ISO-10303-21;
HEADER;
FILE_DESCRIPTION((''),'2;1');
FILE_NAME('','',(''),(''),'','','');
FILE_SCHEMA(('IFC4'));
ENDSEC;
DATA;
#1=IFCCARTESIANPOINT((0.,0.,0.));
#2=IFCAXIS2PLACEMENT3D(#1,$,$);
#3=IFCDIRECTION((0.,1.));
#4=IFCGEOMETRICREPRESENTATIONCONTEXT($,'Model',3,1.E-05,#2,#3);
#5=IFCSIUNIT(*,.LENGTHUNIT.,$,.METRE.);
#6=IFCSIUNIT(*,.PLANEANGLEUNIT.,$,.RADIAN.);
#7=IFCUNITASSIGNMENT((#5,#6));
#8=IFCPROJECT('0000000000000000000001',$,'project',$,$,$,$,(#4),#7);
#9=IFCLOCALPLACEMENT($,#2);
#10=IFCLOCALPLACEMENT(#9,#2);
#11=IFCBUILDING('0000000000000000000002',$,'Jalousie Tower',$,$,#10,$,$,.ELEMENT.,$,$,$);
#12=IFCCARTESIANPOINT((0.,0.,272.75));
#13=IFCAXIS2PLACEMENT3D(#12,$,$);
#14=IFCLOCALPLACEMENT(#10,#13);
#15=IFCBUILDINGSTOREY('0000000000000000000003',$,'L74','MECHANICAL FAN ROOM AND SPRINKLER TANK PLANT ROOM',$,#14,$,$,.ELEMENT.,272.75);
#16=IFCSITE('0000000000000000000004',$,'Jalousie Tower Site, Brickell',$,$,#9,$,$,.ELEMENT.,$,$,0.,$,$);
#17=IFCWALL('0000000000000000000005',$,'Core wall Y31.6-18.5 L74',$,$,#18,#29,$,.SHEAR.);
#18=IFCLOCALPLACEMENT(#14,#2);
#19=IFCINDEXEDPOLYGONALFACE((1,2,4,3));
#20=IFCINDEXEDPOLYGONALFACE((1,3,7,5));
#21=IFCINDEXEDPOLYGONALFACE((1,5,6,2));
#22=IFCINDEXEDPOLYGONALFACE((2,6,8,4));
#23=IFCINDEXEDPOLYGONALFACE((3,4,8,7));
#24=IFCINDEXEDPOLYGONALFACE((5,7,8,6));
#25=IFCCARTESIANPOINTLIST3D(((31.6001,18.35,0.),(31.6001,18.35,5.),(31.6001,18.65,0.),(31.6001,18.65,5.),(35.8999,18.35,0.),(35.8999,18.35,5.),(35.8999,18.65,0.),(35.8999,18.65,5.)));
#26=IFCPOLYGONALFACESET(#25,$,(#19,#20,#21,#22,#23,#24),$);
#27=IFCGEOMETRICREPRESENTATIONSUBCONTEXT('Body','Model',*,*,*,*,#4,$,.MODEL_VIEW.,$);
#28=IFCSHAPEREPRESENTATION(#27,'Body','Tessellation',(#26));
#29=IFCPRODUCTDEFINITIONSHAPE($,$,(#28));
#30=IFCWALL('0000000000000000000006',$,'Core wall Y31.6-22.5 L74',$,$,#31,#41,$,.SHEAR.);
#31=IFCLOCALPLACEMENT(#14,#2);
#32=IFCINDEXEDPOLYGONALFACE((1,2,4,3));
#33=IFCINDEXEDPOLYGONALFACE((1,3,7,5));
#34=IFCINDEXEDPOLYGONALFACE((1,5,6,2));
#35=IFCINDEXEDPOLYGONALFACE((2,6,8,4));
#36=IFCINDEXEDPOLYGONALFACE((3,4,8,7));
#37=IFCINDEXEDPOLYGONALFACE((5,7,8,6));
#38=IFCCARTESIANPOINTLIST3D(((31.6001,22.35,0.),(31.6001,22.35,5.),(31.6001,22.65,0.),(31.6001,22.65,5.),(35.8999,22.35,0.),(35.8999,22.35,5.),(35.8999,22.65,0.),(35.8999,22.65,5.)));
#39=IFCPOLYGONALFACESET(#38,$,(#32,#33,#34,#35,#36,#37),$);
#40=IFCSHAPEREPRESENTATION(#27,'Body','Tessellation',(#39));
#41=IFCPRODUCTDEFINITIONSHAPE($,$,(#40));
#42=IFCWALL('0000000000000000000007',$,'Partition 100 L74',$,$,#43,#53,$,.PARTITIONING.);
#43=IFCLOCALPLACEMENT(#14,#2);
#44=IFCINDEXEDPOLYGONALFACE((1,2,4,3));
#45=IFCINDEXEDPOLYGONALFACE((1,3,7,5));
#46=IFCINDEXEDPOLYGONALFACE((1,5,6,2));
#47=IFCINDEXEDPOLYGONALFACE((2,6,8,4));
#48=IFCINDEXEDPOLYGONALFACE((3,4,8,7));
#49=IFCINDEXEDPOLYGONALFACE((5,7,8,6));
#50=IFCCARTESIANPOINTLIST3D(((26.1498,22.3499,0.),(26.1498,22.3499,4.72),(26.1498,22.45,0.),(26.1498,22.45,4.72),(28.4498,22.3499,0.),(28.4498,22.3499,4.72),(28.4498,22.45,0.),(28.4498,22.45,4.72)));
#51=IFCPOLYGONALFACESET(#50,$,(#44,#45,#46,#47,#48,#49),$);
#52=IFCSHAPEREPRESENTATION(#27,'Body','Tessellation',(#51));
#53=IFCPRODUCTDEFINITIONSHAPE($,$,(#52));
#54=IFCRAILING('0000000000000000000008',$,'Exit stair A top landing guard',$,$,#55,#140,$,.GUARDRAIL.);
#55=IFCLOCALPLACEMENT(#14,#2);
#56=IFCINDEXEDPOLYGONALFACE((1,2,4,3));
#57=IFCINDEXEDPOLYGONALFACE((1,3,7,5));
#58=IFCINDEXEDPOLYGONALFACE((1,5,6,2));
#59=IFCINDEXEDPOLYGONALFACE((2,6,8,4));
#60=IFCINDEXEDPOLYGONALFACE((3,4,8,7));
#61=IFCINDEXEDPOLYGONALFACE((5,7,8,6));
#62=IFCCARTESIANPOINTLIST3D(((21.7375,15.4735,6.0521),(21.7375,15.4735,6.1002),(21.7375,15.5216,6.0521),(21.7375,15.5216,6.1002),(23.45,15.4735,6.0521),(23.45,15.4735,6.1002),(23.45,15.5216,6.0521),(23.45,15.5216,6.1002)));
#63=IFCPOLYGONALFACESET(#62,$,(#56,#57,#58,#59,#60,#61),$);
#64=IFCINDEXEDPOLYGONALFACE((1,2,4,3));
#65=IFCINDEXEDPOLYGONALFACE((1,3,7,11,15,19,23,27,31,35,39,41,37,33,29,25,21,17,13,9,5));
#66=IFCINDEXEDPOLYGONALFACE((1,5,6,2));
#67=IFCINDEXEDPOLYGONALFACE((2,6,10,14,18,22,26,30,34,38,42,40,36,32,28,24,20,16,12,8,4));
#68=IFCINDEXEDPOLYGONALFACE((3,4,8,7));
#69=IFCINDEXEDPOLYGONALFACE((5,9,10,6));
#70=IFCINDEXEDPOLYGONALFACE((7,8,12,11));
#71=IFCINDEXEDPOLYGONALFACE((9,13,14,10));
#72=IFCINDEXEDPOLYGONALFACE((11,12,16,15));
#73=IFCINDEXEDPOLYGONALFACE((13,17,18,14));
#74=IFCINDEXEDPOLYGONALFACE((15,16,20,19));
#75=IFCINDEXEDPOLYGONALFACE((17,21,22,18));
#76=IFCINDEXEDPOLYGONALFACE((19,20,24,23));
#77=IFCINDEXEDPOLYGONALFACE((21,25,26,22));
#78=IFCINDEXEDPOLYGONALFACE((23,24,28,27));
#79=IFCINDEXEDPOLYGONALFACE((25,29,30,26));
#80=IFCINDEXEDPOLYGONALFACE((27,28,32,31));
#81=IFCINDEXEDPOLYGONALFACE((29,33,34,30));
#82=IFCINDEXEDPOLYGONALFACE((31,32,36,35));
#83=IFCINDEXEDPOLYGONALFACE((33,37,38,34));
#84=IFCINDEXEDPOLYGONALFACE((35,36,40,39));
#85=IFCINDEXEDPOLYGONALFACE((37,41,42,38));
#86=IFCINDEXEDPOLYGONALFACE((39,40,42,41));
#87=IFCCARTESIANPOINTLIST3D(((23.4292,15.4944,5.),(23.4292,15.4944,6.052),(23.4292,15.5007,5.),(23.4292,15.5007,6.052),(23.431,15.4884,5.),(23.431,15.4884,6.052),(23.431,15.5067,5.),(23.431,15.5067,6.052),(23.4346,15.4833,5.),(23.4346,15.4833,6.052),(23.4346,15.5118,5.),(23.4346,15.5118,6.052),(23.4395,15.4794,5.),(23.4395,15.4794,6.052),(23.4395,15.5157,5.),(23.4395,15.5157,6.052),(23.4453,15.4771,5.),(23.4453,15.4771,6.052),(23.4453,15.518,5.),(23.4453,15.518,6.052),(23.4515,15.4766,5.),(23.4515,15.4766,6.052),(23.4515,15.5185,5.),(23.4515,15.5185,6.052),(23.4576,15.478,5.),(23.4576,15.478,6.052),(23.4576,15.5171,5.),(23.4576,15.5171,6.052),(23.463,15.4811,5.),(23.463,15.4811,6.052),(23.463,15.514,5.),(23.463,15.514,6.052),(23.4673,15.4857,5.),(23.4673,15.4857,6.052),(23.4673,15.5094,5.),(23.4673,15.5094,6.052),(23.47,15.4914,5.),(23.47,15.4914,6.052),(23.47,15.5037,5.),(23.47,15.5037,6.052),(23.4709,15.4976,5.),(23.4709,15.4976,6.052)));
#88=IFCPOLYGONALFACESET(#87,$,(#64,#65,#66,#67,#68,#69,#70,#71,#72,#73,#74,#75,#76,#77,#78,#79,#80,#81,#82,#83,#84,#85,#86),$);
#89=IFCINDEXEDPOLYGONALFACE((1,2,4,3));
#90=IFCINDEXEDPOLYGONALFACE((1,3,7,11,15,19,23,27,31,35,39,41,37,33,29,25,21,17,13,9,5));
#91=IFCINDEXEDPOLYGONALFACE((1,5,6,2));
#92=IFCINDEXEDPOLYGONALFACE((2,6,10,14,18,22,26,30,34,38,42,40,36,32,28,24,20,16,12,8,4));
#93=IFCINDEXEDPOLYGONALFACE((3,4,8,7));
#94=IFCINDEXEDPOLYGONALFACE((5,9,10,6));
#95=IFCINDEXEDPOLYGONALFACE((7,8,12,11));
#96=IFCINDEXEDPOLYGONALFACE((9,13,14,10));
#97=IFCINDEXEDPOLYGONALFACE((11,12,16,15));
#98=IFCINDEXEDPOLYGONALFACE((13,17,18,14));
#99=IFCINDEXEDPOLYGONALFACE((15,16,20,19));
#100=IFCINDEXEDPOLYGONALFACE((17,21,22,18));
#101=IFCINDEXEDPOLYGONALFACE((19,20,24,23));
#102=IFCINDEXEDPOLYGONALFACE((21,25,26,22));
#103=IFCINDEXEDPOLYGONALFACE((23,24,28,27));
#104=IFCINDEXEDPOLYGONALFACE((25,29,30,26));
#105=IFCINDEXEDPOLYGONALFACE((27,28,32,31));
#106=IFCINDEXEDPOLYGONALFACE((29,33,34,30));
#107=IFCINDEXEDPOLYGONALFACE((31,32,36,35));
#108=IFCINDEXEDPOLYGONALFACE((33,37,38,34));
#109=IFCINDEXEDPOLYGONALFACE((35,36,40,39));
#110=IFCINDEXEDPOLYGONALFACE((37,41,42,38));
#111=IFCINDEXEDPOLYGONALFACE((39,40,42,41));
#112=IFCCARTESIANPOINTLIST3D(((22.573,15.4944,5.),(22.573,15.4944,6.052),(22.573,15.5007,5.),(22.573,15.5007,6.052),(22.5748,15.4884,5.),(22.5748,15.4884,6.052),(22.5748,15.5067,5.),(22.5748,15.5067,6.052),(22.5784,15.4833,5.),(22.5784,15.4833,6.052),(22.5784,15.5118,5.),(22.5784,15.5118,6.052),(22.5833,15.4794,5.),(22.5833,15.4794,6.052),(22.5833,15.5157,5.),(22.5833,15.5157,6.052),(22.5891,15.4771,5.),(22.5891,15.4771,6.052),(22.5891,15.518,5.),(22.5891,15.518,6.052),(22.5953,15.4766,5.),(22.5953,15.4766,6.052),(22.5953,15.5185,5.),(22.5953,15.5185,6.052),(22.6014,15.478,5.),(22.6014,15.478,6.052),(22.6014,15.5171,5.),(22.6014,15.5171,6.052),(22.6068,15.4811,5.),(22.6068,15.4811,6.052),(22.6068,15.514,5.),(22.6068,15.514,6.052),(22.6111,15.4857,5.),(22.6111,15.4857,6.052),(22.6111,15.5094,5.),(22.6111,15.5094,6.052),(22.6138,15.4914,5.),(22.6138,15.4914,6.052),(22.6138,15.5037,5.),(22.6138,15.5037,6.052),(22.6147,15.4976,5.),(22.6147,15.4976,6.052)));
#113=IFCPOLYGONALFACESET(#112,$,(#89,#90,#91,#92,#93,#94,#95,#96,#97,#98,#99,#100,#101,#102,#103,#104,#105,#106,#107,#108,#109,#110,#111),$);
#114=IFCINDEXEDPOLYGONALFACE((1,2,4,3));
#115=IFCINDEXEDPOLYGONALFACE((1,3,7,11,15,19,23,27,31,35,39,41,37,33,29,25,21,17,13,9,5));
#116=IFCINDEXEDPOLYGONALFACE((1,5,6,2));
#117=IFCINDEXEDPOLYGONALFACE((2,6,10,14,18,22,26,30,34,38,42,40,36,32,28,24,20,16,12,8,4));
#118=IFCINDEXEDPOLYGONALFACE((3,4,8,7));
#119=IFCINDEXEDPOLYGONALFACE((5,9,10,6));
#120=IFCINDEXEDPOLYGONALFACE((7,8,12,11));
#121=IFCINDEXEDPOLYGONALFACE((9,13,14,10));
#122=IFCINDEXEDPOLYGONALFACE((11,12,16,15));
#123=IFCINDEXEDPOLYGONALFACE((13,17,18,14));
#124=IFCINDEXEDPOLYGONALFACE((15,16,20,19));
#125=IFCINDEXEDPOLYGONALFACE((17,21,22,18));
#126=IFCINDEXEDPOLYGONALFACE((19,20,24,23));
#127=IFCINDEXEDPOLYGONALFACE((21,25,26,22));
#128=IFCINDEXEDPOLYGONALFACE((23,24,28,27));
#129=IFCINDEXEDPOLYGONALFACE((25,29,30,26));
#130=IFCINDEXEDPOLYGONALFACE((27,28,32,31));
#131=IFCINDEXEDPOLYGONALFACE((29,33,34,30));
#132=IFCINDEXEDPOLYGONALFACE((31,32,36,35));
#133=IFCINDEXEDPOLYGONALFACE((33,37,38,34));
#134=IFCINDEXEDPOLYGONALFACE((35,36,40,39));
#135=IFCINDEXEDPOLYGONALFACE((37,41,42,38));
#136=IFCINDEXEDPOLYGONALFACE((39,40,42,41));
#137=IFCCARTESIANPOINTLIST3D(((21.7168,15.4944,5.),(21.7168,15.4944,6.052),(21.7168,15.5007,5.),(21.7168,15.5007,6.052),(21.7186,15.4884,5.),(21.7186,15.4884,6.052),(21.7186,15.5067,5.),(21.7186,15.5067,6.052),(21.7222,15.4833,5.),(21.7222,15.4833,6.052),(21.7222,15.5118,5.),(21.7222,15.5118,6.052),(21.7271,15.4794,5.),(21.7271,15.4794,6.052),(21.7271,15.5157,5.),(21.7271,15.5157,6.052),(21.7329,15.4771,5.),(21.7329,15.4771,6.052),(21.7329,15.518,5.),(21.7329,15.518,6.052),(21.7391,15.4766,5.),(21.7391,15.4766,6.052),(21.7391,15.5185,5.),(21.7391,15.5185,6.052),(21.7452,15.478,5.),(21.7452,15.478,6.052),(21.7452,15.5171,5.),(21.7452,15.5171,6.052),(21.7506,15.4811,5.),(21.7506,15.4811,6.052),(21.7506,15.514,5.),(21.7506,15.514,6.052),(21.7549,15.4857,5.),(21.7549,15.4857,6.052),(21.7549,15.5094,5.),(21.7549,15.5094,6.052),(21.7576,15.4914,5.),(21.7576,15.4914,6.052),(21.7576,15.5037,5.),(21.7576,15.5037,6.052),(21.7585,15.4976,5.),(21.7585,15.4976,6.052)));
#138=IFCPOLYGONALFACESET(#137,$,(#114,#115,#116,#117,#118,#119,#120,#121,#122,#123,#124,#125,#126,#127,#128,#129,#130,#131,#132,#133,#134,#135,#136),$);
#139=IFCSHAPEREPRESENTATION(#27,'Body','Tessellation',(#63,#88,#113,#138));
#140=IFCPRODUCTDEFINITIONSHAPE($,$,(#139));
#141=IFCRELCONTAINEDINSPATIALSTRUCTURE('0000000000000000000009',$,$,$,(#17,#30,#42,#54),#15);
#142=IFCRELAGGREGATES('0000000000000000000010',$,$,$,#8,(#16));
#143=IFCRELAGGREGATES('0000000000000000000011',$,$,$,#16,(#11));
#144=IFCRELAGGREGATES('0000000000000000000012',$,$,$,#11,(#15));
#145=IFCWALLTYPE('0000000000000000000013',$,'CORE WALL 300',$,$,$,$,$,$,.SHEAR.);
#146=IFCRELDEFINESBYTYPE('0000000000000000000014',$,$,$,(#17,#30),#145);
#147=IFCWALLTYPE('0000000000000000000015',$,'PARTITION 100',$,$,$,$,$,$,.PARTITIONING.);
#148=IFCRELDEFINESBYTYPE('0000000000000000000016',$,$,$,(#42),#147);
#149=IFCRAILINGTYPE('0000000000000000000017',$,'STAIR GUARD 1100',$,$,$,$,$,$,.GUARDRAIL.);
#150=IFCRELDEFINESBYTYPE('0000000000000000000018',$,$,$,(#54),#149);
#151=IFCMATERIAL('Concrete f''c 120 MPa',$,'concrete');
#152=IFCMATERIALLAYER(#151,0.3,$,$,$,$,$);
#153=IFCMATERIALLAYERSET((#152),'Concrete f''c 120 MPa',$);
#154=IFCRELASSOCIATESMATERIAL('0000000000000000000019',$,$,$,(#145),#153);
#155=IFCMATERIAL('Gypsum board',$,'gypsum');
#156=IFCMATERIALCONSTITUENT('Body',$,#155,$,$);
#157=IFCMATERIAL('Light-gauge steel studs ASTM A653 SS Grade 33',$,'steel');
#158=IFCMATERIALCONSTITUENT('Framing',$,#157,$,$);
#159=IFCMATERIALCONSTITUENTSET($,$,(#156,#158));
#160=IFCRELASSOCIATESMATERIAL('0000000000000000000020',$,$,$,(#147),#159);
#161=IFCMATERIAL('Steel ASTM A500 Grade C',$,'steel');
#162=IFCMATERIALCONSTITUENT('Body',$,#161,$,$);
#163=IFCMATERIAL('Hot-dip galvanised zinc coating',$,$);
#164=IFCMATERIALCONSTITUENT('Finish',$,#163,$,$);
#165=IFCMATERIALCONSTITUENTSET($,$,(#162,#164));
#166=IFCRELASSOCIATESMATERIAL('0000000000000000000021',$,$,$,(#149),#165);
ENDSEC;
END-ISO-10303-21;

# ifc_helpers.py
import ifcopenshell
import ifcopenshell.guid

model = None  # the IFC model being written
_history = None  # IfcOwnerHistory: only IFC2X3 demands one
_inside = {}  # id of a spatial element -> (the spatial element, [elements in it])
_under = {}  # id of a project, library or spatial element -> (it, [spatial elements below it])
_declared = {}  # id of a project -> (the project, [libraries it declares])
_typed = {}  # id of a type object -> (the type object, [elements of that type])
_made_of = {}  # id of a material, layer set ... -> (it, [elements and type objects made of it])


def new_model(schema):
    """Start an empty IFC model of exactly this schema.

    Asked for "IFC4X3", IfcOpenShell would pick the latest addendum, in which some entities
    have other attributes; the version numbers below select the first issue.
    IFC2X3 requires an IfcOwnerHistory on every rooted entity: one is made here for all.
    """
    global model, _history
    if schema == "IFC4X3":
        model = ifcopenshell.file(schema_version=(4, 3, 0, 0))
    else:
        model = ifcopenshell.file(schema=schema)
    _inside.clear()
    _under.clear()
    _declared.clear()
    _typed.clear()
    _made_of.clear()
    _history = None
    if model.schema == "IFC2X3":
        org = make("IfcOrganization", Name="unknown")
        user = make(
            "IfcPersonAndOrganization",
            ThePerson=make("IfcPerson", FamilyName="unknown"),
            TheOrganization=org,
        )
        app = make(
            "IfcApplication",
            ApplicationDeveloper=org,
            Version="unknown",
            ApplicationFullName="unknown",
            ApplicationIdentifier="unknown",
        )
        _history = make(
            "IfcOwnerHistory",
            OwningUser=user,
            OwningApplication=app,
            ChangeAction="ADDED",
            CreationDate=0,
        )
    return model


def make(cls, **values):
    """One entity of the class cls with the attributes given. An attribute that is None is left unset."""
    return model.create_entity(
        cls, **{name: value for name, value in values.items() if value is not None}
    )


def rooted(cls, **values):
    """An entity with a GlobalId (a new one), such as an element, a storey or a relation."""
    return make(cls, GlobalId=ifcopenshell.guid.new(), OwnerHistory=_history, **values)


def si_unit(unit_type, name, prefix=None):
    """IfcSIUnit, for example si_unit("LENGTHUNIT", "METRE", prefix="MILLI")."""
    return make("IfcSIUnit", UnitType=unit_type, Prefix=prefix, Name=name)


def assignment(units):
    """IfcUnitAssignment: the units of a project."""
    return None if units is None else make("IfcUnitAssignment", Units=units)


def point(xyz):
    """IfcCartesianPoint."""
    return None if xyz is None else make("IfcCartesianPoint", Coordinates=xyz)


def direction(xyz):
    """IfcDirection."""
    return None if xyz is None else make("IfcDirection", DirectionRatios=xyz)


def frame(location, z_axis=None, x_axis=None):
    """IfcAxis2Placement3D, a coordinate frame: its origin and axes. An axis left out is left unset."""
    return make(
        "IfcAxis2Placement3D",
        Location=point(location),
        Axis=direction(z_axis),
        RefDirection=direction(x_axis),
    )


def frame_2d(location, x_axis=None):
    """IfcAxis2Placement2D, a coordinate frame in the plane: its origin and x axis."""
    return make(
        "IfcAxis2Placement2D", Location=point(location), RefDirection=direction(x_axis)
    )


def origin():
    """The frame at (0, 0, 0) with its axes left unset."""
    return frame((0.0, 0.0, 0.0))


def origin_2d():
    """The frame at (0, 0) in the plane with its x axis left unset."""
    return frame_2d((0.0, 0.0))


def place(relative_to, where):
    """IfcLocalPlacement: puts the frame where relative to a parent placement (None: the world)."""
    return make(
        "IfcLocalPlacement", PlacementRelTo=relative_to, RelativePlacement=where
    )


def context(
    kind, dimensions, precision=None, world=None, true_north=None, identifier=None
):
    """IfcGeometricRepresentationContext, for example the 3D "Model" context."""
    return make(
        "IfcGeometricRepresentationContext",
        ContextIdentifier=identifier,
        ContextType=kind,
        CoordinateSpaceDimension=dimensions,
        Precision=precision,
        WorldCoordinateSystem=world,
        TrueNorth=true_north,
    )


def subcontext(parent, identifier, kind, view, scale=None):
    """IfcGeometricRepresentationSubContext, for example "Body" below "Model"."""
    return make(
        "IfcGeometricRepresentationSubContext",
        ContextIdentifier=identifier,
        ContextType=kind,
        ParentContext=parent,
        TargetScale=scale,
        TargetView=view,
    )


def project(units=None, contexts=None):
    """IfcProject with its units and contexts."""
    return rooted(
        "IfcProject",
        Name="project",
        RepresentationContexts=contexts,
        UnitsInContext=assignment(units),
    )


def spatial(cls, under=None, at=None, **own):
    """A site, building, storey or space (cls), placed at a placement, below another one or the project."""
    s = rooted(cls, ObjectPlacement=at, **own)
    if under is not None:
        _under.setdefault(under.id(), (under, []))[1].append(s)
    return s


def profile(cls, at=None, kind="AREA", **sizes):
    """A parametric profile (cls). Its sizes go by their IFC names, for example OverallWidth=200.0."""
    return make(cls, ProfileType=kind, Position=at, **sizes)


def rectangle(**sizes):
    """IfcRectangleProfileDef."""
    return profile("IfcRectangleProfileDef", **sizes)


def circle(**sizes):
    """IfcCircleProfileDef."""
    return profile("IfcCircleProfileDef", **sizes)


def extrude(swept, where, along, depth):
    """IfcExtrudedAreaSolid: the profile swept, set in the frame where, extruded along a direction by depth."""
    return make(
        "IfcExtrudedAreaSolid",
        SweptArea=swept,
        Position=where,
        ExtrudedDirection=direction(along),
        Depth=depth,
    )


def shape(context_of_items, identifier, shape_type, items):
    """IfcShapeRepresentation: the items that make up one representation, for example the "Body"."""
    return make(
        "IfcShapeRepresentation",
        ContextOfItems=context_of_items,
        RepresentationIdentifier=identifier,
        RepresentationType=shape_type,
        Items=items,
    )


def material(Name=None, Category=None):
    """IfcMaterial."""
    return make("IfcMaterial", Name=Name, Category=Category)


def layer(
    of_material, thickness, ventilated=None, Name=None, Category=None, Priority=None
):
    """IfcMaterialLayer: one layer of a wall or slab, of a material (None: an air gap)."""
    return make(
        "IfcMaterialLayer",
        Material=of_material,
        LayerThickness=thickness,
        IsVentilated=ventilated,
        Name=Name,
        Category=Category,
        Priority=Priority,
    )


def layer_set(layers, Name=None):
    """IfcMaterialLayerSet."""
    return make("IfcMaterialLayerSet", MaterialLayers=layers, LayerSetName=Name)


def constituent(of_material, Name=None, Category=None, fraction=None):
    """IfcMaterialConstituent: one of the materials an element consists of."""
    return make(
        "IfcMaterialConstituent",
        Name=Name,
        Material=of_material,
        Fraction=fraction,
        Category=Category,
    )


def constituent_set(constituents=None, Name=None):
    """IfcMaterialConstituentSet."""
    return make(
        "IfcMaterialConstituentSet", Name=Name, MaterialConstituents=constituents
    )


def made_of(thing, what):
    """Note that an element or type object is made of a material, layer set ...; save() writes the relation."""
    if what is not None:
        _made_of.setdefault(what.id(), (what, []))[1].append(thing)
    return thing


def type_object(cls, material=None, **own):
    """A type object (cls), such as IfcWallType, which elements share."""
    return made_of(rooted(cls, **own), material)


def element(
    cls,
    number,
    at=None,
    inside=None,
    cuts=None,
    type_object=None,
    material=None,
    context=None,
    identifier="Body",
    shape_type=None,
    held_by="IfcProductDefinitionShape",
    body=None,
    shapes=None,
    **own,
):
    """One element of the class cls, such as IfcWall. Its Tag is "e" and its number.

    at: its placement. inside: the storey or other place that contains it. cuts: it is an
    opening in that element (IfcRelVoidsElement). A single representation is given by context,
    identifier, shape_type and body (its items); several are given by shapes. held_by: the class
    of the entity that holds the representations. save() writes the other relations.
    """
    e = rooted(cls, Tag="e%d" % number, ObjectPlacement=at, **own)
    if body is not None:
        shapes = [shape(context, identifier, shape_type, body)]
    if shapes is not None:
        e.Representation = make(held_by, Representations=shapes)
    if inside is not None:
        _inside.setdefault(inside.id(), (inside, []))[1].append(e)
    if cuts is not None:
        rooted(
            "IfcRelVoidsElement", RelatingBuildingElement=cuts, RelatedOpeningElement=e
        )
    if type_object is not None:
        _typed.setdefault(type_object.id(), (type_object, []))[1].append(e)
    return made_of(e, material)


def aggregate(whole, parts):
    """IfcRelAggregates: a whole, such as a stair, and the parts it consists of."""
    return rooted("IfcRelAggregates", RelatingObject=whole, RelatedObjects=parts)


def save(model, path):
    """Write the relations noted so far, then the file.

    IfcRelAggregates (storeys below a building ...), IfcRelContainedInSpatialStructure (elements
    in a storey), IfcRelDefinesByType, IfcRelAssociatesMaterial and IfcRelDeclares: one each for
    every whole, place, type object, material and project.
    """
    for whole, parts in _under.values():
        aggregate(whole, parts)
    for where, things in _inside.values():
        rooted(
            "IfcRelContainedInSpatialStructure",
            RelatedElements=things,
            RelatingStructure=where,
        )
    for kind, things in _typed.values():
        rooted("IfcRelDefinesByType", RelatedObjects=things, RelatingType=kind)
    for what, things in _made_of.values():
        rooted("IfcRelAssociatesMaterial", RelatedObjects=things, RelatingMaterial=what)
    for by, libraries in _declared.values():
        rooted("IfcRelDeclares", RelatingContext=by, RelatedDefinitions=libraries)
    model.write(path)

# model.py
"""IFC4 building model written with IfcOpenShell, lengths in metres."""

from ifc_helpers import new_model, si_unit, direction, frame, frame_2d, origin, origin_2d, place, context, subcontext, project, spatial, rectangle, circle, extrude, material, layer, layer_set, constituent, constituent_set, type_object, element, save


model = new_model("IFC4")

# Units and contexts
model_context = context("Model", 3, precision=1e-05, world=origin(), true_north=direction((0.0, 1.0)))
body_context = subcontext(model_context, "Body", "Model", "MODEL_VIEW")
ifc_project = project(units=[si_unit("LENGTHUNIT", "METRE"), si_unit("PLANEANGLEUNIT", "RADIAN")], contexts=[model_context])

# Site, building, storey
site_placement = place(None, origin())
site = spatial("IfcSite", under=ifc_project, at=site_placement, Name="Jalousie Tower Site, Brickell", CompositionType="ELEMENT", RefElevation=0.0)
building_placement = place(site_placement, origin())
building = spatial("IfcBuilding", under=site, at=building_placement, Name="Jalousie Tower", CompositionType="ELEMENT")
storey_placement = place(building_placement, frame((0.0, 0.0, 272.75)))
storey = spatial("IfcBuildingStorey", under=building, at=storey_placement, Name="L74", Description="MECHANICAL FAN ROOM AND SPRINKLER TANK PLANT ROOM", CompositionType="ELEMENT", Elevation=272.75)

# Shared definitions
ifc_material_1 = material(Name="Concrete f'c 120 MPa", Category="concrete")
ifc_layer = layer(ifc_material_1, 0.3)
ifc_layer_set = layer_set([ifc_layer], Name="Concrete f'c 120 MPa")
wall_type_1 = type_object("IfcWallType", Name="CORE WALL 300", PredefinedType="SHEAR", material=ifc_layer_set)

# Walls
for number, where, z_axis, x_axis, name in (
    (1, (31.6001, 18.5, 0.0), (0.0, 0.0, 1.0), (1.0, 0.0, 0.0), "Core wall Y31.6-18.5 L74"),
    (2, (31.6001, 22.5, 0.0), (0.0, 0.0, 1.0), (1.0, 0.0, 0.0), "Core wall Y31.6-22.5 L74"),
):
    element("IfcWall", number, at=place(storey_placement, frame(where, z_axis=z_axis, x_axis=x_axis)), inside=storey, type_object=wall_type_1, Name=name, PredefinedType="SHEAR", context=body_context, shape_type="SweptSolid", body=[
        extrude(rectangle(XDim=4.2998, YDim=0.3, at=frame_2d((2.1499, 0.0))), origin(), (0.0, 0.0, 1.0), 5.0),
    ])
ifc_material_2 = material(Name="Gypsum board", Category="gypsum")
ifc_constituent_1 = constituent(ifc_material_2, Name="Body")
ifc_material_3 = material(Name="Light-gauge steel studs ASTM A653 SS Grade 33", Category="steel")
ifc_constituent_2 = constituent(ifc_material_3, Name="Framing")
ifc_constituent_set_1 = constituent_set(constituents=[ifc_constituent_1, ifc_constituent_2])
wall_type_2 = type_object("IfcWallType", Name="PARTITION 100", PredefinedType="PARTITIONING", material=ifc_constituent_set_1)
wall_1_placement = place(storey_placement, frame((26.1499, 22.3999, 0.0), z_axis=(0.0, 0.0, 1.0), x_axis=(1.0, 0.0, 0.0)))
element("IfcWall", 3, at=wall_1_placement, inside=storey, type_object=wall_type_2, Name="Partition 100 L74", PredefinedType="PARTITIONING", context=body_context, shape_type="SweptSolid", body=[
    extrude(rectangle(XDim=2.3, YDim=0.1001, at=frame_2d((1.1499, 0.0))), origin(), (0.0, 0.0, 1.0), 4.72),
])

# Railing
ifc_material_4 = material(Name="Steel ASTM A500 Grade C", Category="steel")
ifc_constituent_3 = constituent(ifc_material_4, Name="Body")
ifc_material_5 = material(Name="Hot-dip galvanised zinc coating")
ifc_constituent_4 = constituent(ifc_material_5, Name="Finish")
ifc_constituent_set_2 = constituent_set(constituents=[ifc_constituent_3, ifc_constituent_4])
railing_type_1 = type_object("IfcRailingType", Name="STAIR GUARD 1100", PredefinedType="GUARDRAIL", material=ifc_constituent_set_2)
railing_1_placement = place(storey_placement, frame((23.45, 15.4976, 5.0)))
element("IfcRailing", 4, at=railing_1_placement, inside=storey, type_object=railing_type_1, Name="Exit stair A top landing guard", PredefinedType="GUARDRAIL", context=body_context, shape_type="SweptSolid", body=[
    extrude(rectangle(XDim=0.0481, YDim=0.0481, at=origin_2d()), frame((0.0, 0.0, 1.0762), z_axis=(-1.0, 0.0, 0.0), x_axis=(0.0, -1.0, 0.0)), (0.0, 0.0, 1.0), 1.7124),
    extrude(circle(Radius=0.021, at=origin_2d()), origin(), (0.0, 0.0, 1.0), 1.052),
    extrude(circle(Radius=0.021, at=origin_2d()), frame((-0.8562, 0.0, 0.0)), (0.0, 0.0, 1.0), 1.052),
    extrude(circle(Radius=0.021, at=origin_2d()), frame((-1.7124, 0.0, 0.0)), (0.0, 0.0, 1.0), 1.052),
])

save(model, "model.ifc")
